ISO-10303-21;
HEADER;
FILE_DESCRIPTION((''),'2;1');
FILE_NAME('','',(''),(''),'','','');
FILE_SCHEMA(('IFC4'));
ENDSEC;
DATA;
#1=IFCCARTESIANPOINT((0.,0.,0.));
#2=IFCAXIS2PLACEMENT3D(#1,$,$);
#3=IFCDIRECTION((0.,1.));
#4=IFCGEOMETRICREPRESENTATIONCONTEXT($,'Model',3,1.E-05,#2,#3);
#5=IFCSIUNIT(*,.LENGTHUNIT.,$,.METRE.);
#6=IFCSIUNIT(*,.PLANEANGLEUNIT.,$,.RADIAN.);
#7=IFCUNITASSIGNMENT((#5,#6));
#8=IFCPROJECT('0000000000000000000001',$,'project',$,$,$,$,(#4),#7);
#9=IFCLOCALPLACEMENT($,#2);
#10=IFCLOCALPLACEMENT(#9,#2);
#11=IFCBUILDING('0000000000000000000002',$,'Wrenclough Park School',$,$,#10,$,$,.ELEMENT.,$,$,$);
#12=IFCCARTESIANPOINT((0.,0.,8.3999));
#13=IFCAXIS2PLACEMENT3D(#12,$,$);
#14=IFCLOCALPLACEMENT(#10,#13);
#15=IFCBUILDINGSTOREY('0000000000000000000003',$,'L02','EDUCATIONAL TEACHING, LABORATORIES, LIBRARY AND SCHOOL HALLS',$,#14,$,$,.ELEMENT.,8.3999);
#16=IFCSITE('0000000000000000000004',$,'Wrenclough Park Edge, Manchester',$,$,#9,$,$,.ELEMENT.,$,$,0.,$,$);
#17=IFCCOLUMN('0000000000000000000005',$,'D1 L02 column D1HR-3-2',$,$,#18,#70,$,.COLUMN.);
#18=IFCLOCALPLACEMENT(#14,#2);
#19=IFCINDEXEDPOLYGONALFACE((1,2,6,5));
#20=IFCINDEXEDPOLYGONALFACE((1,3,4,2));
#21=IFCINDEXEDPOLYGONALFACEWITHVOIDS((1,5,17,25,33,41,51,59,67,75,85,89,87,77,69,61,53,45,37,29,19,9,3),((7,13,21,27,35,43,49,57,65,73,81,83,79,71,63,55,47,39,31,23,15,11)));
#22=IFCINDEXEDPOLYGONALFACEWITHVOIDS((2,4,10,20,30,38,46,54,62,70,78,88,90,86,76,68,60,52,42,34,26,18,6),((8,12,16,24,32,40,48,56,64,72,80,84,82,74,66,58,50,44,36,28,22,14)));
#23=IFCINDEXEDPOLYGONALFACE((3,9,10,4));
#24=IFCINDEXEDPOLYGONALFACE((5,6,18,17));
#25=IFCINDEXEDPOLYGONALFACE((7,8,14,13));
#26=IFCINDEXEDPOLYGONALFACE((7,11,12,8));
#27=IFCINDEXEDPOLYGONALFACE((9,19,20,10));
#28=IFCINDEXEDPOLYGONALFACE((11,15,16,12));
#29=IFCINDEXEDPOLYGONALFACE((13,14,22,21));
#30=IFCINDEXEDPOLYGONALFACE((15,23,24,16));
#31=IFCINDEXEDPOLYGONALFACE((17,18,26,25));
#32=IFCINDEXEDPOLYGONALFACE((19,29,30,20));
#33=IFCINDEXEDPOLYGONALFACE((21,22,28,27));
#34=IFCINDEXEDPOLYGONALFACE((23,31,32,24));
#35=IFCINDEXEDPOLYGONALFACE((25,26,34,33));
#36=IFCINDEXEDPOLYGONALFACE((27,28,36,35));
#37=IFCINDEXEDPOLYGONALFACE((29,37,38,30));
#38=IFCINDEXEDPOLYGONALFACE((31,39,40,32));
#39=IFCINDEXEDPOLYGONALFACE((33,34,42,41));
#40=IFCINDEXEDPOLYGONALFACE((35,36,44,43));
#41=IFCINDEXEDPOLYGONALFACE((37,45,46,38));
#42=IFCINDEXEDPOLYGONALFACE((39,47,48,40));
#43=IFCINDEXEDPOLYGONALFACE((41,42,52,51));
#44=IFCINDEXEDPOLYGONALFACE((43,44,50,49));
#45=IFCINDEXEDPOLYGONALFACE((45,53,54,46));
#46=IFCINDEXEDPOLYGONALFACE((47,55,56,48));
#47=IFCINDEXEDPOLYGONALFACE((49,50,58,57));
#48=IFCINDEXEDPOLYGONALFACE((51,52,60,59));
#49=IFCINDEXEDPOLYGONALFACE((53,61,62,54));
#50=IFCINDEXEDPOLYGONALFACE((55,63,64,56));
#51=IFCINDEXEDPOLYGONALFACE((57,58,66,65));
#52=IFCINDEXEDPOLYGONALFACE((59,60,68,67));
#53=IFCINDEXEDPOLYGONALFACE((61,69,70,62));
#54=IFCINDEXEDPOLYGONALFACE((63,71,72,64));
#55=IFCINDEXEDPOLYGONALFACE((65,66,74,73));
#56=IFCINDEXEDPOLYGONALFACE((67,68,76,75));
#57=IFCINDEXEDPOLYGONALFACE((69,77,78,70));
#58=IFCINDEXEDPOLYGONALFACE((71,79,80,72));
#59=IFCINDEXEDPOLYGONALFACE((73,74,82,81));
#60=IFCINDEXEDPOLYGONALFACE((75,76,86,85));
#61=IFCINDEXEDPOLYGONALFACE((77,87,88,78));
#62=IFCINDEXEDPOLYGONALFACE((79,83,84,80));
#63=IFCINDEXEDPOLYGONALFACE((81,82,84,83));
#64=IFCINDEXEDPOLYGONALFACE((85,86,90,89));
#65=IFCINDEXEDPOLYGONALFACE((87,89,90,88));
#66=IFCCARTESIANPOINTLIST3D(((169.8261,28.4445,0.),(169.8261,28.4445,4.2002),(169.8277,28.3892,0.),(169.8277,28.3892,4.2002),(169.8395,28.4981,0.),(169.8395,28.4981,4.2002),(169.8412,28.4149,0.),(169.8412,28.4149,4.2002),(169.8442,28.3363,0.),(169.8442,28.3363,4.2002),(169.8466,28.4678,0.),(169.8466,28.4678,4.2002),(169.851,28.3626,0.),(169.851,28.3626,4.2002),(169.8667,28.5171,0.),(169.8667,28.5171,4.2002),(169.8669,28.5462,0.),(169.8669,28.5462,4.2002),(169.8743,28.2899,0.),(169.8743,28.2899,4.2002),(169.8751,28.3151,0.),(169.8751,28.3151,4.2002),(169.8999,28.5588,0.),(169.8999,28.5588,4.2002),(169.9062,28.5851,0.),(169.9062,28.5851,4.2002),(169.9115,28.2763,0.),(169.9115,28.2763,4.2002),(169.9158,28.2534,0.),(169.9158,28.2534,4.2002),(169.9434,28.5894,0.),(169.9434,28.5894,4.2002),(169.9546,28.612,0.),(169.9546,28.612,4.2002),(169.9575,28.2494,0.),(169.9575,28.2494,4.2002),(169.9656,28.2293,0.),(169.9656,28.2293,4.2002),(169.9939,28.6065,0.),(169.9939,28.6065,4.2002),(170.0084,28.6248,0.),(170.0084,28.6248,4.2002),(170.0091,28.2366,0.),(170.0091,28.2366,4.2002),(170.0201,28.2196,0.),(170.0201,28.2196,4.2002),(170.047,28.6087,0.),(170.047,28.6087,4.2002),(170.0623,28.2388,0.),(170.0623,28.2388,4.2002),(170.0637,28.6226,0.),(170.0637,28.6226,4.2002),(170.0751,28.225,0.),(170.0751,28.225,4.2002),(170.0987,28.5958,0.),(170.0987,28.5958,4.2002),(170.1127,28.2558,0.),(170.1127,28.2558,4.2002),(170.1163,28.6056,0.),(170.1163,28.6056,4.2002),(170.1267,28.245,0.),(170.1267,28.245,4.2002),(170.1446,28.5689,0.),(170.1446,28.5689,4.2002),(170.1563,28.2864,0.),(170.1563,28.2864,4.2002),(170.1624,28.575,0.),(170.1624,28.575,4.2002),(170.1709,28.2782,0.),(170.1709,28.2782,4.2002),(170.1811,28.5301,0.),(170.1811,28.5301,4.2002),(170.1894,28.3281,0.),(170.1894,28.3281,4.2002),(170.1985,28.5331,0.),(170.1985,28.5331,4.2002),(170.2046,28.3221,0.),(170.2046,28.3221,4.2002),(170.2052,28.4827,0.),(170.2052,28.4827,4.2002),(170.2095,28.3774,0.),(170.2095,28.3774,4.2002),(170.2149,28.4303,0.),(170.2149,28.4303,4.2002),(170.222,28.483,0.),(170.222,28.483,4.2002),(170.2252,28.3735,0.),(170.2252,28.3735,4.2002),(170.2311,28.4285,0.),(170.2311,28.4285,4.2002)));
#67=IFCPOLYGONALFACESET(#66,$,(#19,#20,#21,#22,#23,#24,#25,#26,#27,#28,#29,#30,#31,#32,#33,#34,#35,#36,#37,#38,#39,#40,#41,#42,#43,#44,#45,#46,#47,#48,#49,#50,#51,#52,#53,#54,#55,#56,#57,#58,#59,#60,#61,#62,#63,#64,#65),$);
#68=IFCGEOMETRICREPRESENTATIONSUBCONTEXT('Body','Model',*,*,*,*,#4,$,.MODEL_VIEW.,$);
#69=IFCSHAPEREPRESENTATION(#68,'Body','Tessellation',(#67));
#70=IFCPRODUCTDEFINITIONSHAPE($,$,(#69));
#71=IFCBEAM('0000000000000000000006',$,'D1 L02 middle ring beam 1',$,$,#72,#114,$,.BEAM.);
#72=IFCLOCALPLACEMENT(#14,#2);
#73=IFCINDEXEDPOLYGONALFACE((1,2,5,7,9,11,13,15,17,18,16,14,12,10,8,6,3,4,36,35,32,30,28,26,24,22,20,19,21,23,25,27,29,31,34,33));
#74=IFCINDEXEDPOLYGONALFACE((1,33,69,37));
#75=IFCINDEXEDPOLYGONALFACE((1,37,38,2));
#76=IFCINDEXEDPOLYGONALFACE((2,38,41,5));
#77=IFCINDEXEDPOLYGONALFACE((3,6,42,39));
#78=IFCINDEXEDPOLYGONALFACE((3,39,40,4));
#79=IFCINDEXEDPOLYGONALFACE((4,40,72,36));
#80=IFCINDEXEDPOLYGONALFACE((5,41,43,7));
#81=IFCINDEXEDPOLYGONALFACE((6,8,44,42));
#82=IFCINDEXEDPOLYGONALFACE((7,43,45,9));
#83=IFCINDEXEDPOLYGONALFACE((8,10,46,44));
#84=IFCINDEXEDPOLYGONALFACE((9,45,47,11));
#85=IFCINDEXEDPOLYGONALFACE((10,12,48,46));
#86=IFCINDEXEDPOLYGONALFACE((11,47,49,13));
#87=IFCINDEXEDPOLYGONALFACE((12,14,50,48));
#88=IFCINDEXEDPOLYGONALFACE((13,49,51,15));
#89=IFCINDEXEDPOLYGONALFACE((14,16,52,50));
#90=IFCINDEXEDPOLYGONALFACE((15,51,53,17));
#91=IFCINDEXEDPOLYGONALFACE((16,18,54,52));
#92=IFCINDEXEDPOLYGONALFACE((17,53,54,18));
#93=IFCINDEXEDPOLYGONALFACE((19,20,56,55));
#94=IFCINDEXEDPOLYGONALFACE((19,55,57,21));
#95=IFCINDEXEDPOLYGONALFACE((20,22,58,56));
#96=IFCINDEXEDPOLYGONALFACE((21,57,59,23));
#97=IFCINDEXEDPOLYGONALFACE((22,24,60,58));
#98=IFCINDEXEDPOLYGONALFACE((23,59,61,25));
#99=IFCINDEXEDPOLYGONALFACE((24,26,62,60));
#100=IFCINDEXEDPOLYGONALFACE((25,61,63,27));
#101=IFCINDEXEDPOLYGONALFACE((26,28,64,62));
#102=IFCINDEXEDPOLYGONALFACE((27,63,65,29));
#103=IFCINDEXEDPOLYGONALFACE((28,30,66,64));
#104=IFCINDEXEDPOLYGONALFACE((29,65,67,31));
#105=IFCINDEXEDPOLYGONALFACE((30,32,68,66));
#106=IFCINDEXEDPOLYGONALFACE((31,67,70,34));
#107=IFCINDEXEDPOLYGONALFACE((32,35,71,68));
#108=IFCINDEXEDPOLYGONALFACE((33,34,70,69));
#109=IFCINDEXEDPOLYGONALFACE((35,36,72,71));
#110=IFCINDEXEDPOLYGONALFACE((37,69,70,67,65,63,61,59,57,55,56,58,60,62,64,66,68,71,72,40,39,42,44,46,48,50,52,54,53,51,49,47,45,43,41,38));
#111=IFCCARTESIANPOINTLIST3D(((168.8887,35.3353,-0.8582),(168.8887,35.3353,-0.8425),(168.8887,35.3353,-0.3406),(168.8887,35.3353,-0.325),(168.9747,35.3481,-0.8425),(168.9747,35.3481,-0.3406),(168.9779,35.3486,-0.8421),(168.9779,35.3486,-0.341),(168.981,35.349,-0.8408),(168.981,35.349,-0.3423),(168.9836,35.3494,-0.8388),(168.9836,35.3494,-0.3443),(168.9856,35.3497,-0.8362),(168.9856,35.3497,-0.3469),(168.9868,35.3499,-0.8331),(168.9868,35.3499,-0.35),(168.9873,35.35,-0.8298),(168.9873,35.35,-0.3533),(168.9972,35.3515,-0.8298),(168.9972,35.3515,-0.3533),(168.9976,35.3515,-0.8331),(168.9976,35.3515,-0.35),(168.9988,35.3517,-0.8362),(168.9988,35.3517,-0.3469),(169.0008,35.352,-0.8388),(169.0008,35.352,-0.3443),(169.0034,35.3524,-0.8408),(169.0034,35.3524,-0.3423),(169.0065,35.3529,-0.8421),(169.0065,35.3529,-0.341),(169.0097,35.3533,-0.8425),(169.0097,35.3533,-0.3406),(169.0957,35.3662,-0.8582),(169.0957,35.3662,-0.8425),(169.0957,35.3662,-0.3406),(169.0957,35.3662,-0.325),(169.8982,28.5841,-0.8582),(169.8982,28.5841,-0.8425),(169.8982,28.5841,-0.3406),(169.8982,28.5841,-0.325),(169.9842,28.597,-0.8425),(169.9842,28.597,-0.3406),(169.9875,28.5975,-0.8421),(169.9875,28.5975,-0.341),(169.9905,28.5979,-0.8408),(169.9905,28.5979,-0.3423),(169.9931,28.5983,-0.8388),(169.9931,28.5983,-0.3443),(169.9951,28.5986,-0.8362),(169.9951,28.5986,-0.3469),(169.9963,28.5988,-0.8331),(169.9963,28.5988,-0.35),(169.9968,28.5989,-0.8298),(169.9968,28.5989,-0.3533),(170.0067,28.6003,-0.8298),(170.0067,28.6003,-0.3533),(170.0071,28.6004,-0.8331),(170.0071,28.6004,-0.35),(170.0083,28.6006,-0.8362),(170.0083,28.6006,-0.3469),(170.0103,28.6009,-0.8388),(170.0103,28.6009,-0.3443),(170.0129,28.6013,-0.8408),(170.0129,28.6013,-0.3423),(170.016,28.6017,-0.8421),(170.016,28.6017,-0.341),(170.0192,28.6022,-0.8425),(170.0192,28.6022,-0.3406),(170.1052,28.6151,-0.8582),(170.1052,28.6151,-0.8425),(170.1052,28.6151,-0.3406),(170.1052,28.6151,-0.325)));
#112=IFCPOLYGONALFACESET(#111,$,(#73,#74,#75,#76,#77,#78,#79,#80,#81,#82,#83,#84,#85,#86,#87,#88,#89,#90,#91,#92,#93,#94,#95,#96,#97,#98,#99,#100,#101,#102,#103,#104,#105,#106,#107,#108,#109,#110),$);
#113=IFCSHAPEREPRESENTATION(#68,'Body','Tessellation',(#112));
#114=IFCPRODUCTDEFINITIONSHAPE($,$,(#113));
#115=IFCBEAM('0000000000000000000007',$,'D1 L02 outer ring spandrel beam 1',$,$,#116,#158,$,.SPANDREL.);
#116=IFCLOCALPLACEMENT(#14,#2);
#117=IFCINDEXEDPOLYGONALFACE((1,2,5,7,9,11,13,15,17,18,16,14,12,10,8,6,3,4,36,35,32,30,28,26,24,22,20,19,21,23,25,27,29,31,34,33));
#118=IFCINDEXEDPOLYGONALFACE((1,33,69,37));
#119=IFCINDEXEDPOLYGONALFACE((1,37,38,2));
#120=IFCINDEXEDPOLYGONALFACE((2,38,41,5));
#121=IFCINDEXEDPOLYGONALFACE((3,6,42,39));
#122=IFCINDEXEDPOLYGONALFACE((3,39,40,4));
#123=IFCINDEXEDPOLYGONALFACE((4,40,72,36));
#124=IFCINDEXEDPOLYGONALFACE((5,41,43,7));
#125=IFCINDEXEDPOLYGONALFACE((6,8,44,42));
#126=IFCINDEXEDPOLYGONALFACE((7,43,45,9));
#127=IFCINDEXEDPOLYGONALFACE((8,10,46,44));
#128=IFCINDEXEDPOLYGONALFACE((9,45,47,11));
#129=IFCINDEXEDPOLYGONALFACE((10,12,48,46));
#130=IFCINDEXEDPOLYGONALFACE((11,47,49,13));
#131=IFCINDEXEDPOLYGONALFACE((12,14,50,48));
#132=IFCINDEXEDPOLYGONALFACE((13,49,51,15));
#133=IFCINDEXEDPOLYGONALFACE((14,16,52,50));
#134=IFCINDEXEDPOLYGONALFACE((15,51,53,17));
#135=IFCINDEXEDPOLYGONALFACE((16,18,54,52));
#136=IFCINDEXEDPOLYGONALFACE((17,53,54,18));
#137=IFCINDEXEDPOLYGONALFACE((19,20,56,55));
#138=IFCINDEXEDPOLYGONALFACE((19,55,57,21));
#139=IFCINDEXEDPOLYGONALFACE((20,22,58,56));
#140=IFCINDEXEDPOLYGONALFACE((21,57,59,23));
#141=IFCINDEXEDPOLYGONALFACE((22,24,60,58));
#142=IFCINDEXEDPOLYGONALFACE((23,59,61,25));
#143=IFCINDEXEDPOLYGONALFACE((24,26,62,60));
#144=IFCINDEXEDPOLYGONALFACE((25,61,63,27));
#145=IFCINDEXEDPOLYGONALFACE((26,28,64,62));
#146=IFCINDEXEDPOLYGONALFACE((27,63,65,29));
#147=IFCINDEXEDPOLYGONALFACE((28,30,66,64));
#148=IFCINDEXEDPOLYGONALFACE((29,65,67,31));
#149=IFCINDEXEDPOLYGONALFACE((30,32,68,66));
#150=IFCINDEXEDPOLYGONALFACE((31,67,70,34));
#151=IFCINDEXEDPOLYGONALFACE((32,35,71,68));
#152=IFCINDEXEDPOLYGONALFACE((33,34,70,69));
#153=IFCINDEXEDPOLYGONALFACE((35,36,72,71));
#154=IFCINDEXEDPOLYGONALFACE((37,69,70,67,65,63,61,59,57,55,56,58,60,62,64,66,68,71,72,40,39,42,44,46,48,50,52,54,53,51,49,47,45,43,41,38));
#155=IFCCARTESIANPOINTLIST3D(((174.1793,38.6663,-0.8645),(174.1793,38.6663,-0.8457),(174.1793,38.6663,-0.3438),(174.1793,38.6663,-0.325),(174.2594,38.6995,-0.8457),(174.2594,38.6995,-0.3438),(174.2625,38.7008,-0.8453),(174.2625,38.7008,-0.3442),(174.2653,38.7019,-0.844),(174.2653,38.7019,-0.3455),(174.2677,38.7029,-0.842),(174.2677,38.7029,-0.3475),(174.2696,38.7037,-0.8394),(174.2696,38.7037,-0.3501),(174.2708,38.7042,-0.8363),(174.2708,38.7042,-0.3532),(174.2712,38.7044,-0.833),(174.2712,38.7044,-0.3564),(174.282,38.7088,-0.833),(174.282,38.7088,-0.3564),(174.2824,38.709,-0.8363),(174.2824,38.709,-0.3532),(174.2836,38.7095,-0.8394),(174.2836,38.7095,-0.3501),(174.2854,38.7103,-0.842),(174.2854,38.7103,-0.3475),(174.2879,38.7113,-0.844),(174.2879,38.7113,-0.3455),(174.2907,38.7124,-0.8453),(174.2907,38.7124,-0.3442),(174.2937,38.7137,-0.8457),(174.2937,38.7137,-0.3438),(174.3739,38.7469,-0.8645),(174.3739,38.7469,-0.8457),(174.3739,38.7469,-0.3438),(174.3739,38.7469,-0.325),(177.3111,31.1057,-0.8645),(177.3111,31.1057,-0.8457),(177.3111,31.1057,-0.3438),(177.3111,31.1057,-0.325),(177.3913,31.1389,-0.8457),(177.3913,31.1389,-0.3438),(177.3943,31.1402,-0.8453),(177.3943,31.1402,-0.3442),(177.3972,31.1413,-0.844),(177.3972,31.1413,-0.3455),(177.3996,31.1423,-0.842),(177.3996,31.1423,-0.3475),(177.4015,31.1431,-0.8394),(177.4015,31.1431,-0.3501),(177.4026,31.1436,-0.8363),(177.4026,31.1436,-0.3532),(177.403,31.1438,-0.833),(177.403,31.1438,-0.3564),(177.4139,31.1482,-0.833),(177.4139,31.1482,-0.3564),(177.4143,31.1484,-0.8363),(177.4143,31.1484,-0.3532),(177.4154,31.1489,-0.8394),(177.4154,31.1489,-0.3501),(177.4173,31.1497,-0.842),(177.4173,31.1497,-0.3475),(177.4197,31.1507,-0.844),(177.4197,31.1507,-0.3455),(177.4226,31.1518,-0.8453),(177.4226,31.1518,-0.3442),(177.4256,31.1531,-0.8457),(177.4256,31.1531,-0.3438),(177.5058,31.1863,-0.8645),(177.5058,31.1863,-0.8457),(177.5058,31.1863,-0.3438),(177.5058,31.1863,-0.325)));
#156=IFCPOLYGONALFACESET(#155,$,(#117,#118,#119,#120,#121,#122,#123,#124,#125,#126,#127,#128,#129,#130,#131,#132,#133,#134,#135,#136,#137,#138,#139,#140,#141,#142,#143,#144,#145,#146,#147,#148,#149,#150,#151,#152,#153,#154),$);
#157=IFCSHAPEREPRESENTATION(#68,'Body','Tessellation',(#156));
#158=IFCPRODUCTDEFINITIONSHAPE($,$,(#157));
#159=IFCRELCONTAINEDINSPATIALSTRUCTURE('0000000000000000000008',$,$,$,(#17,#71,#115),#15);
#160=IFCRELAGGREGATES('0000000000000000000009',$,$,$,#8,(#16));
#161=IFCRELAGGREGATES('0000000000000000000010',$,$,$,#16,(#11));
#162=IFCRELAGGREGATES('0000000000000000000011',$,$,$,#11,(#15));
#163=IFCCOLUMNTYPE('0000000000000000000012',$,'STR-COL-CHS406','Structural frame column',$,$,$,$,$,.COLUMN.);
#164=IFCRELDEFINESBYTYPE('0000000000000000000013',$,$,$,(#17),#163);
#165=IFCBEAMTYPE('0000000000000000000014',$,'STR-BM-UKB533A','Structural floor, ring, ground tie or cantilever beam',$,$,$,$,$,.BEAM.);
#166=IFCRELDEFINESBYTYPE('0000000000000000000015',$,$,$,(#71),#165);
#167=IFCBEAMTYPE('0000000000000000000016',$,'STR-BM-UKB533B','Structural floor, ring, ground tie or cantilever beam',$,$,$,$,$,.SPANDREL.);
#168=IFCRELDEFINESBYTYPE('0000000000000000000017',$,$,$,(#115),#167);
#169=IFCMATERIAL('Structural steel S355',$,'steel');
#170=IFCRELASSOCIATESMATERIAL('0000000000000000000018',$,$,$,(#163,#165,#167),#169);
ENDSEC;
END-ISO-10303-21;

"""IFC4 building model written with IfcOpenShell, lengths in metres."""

from ifc_helpers import new_model, si_unit, direction, frame, origin, origin_2d, place, context, subcontext, project, spatial, hollow_circle, i_section, extrude, material, material_profile, profile_set, type_object, element, save


model = new_model("IFC4")

# Units and contexts
model_context = context("Model", 3, precision=1e-05, world=origin(), true_north=direction((0.0, 1.0)))
body_context = subcontext(model_context, "Body", "Model", "MODEL_VIEW")
ifc_project = project(units=[si_unit("LENGTHUNIT", "METRE"), si_unit("PLANEANGLEUNIT", "RADIAN")], contexts=[model_context])

# Site, building, storey
site_placement = place(None, origin())
site = spatial("IfcSite", under=ifc_project, at=site_placement, Name="Wrenclough Park Edge, Manchester", CompositionType="ELEMENT", RefElevation=0.0)
building_placement = place(site_placement, origin())
building = spatial("IfcBuilding", under=site, at=building_placement, Name="Wrenclough Park School", CompositionType="ELEMENT")
storey_placement = place(building_placement, frame((0.0, 0.0, 8.3999)))
storey = spatial("IfcBuildingStorey", under=building, at=storey_placement, Name="L02", Description="EDUCATIONAL TEACHING, LABORATORIES, LIBRARY AND SCHOOL HALLS", CompositionType="ELEMENT", Elevation=8.3999)

# Column
ifc_material_1 = material(Name="Structural steel S355", Category="steel")
ifc_material_profile_1 = material_profile(ifc_material_1, hollow_circle(Radius=0.2031, WallThickness=0.0161, at=origin_2d()), Name="CHS 406.4x16.0")
ifc_profile_set_1 = profile_set([ifc_material_profile_1], Name="Structural steel S355")
column_type_1 = type_object("IfcColumnType", Name="STR-COL-CHS406", Description="Structural frame column", PredefinedType="COLUMN", material=ifc_profile_set_1)
column_1_placement = place(storey_placement, frame((170.0281, 28.4226, 0.0), z_axis=(0.0, 0.0, 1.0), x_axis=(0.970296, -0.241922, 0.0)))
element("IfcColumn", 1, at=column_1_placement, inside=storey, type_object=column_type_1, Name="D1 L02 column D1HR-3-2", PredefinedType="COLUMN", context=body_context, shape_type="SweptSolid", body=[
    extrude(hollow_circle(Radius=0.2031, WallThickness=0.0161, at=origin_2d()), origin(), (0.0, 0.0, 1.0), 4.2002),
])

# Beams
ifc_material_profile_2 = material_profile(ifc_material_1, i_section(OverallWidth=0.2092, OverallDepth=0.5332, WebThickness=0.01, FlangeThickness=0.0156, FilletRadius=0.0127, at=origin_2d()), Name="UKB 533x210x92")
ifc_profile_set_2 = profile_set([ifc_material_profile_2], Name="Structural steel S355")
beam_type_1 = type_object("IfcBeamType", Name="STR-BM-UKB533A", Description="Structural floor, ring, ground tie or cantilever beam", PredefinedType="BEAM", material=ifc_profile_set_2)
beam_1_placement = place(storey_placement, frame((170.0017, 28.5996, -0.5916), z_axis=(-0.147887, 0.989004, 0.0), x_axis=(-0.989004, -0.147887, 0.0)))
element("IfcBeam", 2, at=beam_1_placement, inside=storey, type_object=beam_type_1, Name="D1 L02 middle ring beam 1", PredefinedType="BEAM", context=body_context, shape_type="SweptSolid", body=[
    extrude(i_section(OverallWidth=0.2092, OverallDepth=0.5332, WebThickness=0.01, FlangeThickness=0.0156, FilletRadius=0.0127, at=origin_2d()), origin(), (0.0, 0.0, 1.0), 6.8262),
])
ifc_material_profile_3 = material_profile(ifc_material_1, i_section(OverallWidth=0.2107, OverallDepth=0.5396, WebThickness=0.0117, FlangeThickness=0.0188, FilletRadius=0.0127, at=origin_2d()), Name="UKB 533x210x109")
ifc_profile_set_3 = profile_set([ifc_material_profile_3], Name="Structural steel S355")
beam_type_2 = type_object("IfcBeamType", Name="STR-BM-UKB533B", Description="Structural floor, ring, ground tie or cantilever beam", PredefinedType="SPANDREL", material=ifc_profile_set_3)
beam_2_placement = place(storey_placement, frame((177.4084, 31.146, -0.5947), z_axis=(-0.3827, 0.923873, 0.0), x_axis=(-0.923873, -0.3827, 0.0)))
element("IfcBeam", 3, at=beam_2_placement, inside=storey, type_object=beam_type_2, Name="D1 L02 outer ring spandrel beam 1", PredefinedType="SPANDREL", context=body_context, shape_type="SweptSolid", body=[
    extrude(i_section(OverallWidth=0.2107, OverallDepth=0.5396, WebThickness=0.0117, FlangeThickness=0.0188, FilletRadius=0.0127, at=origin_2d()), origin(), (0.0, 0.0, 1.0), 8.1836),
])

save(model, "model.ifc")
